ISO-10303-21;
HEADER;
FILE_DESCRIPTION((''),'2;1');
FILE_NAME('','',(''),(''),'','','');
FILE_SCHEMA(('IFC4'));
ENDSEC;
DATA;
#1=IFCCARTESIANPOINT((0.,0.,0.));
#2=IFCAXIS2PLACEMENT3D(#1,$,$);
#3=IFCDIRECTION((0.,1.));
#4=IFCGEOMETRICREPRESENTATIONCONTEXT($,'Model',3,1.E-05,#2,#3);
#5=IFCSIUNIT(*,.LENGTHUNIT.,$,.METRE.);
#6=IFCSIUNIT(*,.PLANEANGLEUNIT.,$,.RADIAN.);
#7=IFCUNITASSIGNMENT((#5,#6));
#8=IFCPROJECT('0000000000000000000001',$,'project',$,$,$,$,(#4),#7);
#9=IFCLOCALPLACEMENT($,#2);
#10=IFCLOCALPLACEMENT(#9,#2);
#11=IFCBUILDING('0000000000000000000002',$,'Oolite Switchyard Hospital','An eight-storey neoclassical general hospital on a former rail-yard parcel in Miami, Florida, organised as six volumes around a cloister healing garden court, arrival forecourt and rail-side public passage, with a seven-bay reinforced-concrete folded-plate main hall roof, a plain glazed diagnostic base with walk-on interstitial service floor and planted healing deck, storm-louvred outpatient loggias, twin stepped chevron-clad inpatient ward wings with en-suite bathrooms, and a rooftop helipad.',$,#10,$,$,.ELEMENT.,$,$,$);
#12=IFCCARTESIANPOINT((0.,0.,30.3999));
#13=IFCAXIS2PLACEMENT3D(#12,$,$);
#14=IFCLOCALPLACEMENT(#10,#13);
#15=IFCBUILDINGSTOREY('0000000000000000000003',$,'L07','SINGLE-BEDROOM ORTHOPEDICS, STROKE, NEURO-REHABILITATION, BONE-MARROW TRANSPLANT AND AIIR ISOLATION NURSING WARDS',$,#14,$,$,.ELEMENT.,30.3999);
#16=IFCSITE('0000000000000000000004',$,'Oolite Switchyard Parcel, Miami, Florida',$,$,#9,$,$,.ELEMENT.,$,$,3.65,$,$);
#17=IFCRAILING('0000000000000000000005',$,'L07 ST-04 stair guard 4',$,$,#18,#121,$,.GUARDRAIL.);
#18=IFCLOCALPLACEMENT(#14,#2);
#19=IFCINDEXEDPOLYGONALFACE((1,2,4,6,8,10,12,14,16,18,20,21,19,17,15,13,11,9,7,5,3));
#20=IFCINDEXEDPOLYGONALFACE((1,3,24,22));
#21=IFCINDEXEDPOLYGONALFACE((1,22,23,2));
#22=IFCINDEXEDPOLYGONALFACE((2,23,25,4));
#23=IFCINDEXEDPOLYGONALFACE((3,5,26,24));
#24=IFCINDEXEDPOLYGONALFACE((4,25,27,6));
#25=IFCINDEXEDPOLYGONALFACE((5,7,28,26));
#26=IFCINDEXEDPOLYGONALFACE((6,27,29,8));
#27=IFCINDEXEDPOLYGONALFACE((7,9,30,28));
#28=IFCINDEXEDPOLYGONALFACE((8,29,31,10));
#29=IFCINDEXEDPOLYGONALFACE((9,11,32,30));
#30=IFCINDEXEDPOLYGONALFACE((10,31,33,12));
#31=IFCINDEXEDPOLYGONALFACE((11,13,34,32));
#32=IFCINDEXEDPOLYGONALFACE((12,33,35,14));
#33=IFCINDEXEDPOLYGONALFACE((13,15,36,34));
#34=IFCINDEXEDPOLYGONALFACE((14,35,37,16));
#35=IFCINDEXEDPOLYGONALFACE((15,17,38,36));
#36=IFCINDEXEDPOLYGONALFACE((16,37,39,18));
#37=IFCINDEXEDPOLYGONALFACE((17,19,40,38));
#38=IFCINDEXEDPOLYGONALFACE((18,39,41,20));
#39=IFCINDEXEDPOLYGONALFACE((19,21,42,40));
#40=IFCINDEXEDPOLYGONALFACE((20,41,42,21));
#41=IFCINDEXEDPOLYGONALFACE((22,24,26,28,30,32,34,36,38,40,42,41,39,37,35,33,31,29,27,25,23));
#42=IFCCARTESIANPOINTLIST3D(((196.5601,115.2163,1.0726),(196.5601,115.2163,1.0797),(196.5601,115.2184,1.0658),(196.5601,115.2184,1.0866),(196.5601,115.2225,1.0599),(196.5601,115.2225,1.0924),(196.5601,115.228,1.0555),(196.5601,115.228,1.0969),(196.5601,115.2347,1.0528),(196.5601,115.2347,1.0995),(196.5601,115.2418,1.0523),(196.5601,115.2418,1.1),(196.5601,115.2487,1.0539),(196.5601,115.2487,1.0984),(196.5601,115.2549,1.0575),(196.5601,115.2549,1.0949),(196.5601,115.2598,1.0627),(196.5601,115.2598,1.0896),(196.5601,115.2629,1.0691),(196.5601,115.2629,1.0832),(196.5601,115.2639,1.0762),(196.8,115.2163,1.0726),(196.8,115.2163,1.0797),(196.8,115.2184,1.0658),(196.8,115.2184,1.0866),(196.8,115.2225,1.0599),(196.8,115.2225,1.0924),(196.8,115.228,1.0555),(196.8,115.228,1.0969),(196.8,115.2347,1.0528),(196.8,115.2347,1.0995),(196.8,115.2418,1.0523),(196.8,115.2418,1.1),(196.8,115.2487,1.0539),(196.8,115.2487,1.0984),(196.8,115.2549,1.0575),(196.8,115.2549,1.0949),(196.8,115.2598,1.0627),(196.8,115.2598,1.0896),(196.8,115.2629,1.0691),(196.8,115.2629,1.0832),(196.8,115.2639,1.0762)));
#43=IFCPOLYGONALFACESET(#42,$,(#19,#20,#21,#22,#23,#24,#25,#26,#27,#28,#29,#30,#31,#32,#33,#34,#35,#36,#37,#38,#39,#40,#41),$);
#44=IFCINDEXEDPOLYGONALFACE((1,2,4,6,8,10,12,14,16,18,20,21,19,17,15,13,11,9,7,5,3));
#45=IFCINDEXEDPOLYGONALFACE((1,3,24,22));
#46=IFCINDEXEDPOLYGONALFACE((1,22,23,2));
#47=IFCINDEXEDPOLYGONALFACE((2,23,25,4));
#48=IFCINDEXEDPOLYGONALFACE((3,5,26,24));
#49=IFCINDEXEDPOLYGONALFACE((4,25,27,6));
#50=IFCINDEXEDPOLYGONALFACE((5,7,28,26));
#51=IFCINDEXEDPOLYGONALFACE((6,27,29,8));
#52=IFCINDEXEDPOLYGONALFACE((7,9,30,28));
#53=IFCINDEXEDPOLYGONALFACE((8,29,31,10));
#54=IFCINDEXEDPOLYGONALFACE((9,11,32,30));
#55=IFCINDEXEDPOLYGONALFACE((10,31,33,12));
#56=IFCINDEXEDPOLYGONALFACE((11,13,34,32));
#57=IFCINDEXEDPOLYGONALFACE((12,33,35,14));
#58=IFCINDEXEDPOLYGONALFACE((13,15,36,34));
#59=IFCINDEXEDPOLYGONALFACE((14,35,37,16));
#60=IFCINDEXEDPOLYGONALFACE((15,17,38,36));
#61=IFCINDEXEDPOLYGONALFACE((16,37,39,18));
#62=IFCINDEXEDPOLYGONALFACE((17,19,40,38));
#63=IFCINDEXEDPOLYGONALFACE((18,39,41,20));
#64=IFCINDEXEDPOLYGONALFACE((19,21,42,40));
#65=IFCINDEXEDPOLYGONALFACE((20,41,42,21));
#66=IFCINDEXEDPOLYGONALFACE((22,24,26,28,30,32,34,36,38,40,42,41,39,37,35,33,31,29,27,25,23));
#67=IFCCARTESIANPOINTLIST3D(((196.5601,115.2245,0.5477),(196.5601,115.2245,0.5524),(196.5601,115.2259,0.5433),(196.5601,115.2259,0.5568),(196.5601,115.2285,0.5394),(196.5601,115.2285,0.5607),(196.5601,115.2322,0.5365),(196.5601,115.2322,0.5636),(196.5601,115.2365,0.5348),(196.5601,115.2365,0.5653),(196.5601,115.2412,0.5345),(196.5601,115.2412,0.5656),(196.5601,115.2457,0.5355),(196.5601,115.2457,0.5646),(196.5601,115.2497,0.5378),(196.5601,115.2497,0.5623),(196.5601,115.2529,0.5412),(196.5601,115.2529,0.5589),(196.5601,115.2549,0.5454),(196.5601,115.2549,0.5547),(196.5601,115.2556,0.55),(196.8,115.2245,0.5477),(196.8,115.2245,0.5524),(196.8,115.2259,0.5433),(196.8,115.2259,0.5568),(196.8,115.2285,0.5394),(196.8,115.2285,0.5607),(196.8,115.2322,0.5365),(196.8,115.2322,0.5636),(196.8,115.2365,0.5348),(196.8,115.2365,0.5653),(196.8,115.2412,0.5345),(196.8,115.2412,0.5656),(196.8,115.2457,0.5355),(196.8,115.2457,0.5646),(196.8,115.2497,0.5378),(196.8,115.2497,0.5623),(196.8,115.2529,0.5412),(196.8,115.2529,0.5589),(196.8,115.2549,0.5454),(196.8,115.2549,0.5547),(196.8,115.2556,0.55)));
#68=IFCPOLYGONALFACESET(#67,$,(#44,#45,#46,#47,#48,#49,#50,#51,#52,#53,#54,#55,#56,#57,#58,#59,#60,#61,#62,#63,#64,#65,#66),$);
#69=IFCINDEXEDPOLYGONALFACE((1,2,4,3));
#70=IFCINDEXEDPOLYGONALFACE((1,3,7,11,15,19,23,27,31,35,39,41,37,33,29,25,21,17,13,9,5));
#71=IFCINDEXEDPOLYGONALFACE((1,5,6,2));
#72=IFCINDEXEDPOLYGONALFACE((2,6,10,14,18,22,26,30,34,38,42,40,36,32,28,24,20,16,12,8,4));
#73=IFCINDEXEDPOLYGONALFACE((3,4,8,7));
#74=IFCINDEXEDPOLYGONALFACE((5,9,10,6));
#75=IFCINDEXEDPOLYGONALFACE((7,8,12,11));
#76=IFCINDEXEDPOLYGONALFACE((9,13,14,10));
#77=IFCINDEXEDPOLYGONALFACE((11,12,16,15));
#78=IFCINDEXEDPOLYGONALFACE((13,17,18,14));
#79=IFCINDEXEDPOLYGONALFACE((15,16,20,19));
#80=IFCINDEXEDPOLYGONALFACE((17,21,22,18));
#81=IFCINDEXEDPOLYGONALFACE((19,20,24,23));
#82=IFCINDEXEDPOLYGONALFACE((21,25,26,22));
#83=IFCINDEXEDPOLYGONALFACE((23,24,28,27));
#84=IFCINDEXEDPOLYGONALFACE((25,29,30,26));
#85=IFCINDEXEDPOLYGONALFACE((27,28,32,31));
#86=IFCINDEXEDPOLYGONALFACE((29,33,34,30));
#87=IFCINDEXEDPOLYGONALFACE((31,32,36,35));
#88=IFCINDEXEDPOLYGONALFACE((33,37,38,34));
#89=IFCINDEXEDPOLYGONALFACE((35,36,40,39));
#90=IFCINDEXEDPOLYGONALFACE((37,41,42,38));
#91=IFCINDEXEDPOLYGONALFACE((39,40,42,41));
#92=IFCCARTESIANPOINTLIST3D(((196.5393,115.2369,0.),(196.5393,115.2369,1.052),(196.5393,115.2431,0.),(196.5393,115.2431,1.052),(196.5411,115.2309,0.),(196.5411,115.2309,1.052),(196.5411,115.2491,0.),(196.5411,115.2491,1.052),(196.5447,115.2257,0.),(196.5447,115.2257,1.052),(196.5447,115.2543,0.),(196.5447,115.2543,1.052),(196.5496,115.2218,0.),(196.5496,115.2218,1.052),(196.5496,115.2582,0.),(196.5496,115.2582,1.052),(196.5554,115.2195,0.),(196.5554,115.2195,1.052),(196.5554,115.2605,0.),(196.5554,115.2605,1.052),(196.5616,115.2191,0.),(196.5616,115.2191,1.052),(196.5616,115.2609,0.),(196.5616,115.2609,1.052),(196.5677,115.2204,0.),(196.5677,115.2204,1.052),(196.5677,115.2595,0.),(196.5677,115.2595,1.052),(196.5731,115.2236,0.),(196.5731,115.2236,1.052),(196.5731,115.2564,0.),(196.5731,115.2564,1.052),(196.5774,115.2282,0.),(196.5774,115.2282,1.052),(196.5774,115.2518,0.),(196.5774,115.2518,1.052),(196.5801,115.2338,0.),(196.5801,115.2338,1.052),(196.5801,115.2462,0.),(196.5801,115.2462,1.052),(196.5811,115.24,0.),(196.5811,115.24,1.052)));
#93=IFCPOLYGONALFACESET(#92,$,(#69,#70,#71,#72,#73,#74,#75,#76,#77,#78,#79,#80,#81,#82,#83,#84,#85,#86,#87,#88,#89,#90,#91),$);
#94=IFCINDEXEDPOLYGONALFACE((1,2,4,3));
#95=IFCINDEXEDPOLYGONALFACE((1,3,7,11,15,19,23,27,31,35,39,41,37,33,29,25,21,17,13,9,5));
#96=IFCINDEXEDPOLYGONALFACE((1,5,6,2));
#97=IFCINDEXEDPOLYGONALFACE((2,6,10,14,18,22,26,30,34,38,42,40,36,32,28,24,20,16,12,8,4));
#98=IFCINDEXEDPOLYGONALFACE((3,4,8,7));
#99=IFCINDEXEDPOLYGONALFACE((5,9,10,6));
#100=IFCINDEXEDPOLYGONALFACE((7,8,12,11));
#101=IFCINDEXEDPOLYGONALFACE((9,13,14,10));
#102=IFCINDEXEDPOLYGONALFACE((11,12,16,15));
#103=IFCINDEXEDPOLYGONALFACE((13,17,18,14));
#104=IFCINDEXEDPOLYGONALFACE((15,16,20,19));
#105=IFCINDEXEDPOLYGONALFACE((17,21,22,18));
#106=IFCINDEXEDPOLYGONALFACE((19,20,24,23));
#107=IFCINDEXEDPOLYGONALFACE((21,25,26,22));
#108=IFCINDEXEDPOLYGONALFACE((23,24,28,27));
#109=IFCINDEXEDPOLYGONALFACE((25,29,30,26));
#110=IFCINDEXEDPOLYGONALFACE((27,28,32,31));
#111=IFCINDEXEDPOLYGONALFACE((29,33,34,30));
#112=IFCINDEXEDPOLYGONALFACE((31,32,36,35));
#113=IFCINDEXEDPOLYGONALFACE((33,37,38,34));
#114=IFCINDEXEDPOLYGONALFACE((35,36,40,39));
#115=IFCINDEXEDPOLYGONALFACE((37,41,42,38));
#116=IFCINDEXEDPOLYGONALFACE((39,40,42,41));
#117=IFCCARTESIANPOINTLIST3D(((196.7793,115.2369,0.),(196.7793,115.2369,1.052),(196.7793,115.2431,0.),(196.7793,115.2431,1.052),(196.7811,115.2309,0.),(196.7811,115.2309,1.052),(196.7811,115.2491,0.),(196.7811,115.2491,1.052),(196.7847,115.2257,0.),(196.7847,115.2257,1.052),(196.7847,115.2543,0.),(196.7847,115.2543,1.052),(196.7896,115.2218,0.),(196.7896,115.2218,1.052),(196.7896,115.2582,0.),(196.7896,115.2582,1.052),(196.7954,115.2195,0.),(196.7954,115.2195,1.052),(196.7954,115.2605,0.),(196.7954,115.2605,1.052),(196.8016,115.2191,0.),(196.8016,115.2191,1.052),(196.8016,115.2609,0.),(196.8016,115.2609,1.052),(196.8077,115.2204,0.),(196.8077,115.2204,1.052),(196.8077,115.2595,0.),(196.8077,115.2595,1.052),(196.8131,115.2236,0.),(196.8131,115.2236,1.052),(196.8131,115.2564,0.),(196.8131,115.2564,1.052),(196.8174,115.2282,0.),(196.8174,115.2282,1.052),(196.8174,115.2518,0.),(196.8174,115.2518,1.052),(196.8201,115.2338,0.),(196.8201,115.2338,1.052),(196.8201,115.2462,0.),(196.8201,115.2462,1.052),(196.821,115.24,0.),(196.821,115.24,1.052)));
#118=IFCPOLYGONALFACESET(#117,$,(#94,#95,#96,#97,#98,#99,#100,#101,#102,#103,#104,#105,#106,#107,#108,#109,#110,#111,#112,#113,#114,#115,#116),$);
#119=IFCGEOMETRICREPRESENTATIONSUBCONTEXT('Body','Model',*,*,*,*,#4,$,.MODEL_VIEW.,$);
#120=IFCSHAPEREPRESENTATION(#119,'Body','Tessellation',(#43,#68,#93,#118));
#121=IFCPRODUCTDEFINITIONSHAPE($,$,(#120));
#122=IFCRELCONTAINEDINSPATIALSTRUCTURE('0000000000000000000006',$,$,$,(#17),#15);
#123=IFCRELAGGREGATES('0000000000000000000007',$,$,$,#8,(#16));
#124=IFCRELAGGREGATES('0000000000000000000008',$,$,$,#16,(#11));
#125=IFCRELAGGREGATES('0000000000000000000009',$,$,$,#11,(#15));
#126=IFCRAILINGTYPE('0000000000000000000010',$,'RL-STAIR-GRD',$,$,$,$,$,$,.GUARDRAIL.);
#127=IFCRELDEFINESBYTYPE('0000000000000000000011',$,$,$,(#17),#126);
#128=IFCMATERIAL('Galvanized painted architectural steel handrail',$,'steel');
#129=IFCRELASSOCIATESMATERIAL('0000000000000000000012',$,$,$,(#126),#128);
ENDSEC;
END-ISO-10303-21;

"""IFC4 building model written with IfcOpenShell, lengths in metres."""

from ifc_helpers import new_model, si_unit, direction, frame, origin, origin_2d, place, context, subcontext, project, spatial, circle, extrude, material, type_object, element, save


model = new_model("IFC4")

# Units and contexts
model_context = context("Model", 3, precision=1e-05, world=origin(), true_north=direction((0.0, 1.0)))
body_context = subcontext(model_context, "Body", "Model", "MODEL_VIEW")
ifc_project = project(units=[si_unit("LENGTHUNIT", "METRE"), si_unit("PLANEANGLEUNIT", "RADIAN")], contexts=[model_context])

# Site, building, storey
site_placement = place(None, origin())
site = spatial("IfcSite", under=ifc_project, at=site_placement, Name="Oolite Switchyard Parcel, Miami, Florida", CompositionType="ELEMENT", RefElevation=3.65)
building_placement = place(site_placement, origin())
building = spatial("IfcBuilding", under=site, at=building_placement, Name="Oolite Switchyard Hospital", Description="An eight-storey neoclassical general hospital on a former rail-yard parcel in Miami, Florida, organised as six volumes around a cloister healing garden court, arrival forecourt and rail-side public passage, with a seven-bay reinforced-concrete folded-plate main hall roof, a plain glazed diagnostic base with walk-on interstitial service floor and planted healing deck, storm-louvred outpatient loggias, twin stepped chevron-clad inpatient ward wings with en-suite bathrooms, and a rooftop helipad.", CompositionType="ELEMENT")
storey_placement = place(building_placement, frame((0.0, 0.0, 30.3999)))
storey = spatial("IfcBuildingStorey", under=building, at=storey_placement, Name="L07", Description="SINGLE-BEDROOM ORTHOPEDICS, STROKE, NEURO-REHABILITATION, BONE-MARROW TRANSPLANT AND AIIR ISOLATION NURSING WARDS", CompositionType="ELEMENT", Elevation=30.3999)

# Railing
ifc_material_1 = material(Name="Galvanized painted architectural steel handrail", Category="steel")
railing_type_1 = type_object("IfcRailingType", Name="RL-STAIR-GRD", PredefinedType="GUARDRAIL", material=ifc_material_1)
railing_1_placement = place(storey_placement, frame((196.5601, 115.24, 0.0)))
element("IfcRailing", 1, at=railing_1_placement, inside=storey, type_object=railing_type_1, Name="L07 ST-04 stair guard 4", PredefinedType="GUARDRAIL", context=body_context, shape_type="SweptSolid", body=[
    extrude(circle(Radius=0.0239, at=origin_2d()), frame((0.0, 0.0, 1.0762), z_axis=(1.0, 0.0, 0.0), x_axis=(0.0, 1.0, 0.0)), (0.0, 0.0, 1.0), 0.24),
    extrude(circle(Radius=0.0156, at=origin_2d()), frame((0.0, 0.0, 0.55), z_axis=(1.0, 0.0, 0.0), x_axis=(0.0, 1.0, 0.0)), (0.0, 0.0, 1.0), 0.24),
    extrude(circle(Radius=0.021, at=origin_2d()), origin(), (0.0, 0.0, 1.0), 1.052),
    extrude(circle(Radius=0.021, at=origin_2d()), frame((0.24, 0.0, 0.0)), (0.0, 0.0, 1.0), 1.052),
])

save(model, "model.ifc")
